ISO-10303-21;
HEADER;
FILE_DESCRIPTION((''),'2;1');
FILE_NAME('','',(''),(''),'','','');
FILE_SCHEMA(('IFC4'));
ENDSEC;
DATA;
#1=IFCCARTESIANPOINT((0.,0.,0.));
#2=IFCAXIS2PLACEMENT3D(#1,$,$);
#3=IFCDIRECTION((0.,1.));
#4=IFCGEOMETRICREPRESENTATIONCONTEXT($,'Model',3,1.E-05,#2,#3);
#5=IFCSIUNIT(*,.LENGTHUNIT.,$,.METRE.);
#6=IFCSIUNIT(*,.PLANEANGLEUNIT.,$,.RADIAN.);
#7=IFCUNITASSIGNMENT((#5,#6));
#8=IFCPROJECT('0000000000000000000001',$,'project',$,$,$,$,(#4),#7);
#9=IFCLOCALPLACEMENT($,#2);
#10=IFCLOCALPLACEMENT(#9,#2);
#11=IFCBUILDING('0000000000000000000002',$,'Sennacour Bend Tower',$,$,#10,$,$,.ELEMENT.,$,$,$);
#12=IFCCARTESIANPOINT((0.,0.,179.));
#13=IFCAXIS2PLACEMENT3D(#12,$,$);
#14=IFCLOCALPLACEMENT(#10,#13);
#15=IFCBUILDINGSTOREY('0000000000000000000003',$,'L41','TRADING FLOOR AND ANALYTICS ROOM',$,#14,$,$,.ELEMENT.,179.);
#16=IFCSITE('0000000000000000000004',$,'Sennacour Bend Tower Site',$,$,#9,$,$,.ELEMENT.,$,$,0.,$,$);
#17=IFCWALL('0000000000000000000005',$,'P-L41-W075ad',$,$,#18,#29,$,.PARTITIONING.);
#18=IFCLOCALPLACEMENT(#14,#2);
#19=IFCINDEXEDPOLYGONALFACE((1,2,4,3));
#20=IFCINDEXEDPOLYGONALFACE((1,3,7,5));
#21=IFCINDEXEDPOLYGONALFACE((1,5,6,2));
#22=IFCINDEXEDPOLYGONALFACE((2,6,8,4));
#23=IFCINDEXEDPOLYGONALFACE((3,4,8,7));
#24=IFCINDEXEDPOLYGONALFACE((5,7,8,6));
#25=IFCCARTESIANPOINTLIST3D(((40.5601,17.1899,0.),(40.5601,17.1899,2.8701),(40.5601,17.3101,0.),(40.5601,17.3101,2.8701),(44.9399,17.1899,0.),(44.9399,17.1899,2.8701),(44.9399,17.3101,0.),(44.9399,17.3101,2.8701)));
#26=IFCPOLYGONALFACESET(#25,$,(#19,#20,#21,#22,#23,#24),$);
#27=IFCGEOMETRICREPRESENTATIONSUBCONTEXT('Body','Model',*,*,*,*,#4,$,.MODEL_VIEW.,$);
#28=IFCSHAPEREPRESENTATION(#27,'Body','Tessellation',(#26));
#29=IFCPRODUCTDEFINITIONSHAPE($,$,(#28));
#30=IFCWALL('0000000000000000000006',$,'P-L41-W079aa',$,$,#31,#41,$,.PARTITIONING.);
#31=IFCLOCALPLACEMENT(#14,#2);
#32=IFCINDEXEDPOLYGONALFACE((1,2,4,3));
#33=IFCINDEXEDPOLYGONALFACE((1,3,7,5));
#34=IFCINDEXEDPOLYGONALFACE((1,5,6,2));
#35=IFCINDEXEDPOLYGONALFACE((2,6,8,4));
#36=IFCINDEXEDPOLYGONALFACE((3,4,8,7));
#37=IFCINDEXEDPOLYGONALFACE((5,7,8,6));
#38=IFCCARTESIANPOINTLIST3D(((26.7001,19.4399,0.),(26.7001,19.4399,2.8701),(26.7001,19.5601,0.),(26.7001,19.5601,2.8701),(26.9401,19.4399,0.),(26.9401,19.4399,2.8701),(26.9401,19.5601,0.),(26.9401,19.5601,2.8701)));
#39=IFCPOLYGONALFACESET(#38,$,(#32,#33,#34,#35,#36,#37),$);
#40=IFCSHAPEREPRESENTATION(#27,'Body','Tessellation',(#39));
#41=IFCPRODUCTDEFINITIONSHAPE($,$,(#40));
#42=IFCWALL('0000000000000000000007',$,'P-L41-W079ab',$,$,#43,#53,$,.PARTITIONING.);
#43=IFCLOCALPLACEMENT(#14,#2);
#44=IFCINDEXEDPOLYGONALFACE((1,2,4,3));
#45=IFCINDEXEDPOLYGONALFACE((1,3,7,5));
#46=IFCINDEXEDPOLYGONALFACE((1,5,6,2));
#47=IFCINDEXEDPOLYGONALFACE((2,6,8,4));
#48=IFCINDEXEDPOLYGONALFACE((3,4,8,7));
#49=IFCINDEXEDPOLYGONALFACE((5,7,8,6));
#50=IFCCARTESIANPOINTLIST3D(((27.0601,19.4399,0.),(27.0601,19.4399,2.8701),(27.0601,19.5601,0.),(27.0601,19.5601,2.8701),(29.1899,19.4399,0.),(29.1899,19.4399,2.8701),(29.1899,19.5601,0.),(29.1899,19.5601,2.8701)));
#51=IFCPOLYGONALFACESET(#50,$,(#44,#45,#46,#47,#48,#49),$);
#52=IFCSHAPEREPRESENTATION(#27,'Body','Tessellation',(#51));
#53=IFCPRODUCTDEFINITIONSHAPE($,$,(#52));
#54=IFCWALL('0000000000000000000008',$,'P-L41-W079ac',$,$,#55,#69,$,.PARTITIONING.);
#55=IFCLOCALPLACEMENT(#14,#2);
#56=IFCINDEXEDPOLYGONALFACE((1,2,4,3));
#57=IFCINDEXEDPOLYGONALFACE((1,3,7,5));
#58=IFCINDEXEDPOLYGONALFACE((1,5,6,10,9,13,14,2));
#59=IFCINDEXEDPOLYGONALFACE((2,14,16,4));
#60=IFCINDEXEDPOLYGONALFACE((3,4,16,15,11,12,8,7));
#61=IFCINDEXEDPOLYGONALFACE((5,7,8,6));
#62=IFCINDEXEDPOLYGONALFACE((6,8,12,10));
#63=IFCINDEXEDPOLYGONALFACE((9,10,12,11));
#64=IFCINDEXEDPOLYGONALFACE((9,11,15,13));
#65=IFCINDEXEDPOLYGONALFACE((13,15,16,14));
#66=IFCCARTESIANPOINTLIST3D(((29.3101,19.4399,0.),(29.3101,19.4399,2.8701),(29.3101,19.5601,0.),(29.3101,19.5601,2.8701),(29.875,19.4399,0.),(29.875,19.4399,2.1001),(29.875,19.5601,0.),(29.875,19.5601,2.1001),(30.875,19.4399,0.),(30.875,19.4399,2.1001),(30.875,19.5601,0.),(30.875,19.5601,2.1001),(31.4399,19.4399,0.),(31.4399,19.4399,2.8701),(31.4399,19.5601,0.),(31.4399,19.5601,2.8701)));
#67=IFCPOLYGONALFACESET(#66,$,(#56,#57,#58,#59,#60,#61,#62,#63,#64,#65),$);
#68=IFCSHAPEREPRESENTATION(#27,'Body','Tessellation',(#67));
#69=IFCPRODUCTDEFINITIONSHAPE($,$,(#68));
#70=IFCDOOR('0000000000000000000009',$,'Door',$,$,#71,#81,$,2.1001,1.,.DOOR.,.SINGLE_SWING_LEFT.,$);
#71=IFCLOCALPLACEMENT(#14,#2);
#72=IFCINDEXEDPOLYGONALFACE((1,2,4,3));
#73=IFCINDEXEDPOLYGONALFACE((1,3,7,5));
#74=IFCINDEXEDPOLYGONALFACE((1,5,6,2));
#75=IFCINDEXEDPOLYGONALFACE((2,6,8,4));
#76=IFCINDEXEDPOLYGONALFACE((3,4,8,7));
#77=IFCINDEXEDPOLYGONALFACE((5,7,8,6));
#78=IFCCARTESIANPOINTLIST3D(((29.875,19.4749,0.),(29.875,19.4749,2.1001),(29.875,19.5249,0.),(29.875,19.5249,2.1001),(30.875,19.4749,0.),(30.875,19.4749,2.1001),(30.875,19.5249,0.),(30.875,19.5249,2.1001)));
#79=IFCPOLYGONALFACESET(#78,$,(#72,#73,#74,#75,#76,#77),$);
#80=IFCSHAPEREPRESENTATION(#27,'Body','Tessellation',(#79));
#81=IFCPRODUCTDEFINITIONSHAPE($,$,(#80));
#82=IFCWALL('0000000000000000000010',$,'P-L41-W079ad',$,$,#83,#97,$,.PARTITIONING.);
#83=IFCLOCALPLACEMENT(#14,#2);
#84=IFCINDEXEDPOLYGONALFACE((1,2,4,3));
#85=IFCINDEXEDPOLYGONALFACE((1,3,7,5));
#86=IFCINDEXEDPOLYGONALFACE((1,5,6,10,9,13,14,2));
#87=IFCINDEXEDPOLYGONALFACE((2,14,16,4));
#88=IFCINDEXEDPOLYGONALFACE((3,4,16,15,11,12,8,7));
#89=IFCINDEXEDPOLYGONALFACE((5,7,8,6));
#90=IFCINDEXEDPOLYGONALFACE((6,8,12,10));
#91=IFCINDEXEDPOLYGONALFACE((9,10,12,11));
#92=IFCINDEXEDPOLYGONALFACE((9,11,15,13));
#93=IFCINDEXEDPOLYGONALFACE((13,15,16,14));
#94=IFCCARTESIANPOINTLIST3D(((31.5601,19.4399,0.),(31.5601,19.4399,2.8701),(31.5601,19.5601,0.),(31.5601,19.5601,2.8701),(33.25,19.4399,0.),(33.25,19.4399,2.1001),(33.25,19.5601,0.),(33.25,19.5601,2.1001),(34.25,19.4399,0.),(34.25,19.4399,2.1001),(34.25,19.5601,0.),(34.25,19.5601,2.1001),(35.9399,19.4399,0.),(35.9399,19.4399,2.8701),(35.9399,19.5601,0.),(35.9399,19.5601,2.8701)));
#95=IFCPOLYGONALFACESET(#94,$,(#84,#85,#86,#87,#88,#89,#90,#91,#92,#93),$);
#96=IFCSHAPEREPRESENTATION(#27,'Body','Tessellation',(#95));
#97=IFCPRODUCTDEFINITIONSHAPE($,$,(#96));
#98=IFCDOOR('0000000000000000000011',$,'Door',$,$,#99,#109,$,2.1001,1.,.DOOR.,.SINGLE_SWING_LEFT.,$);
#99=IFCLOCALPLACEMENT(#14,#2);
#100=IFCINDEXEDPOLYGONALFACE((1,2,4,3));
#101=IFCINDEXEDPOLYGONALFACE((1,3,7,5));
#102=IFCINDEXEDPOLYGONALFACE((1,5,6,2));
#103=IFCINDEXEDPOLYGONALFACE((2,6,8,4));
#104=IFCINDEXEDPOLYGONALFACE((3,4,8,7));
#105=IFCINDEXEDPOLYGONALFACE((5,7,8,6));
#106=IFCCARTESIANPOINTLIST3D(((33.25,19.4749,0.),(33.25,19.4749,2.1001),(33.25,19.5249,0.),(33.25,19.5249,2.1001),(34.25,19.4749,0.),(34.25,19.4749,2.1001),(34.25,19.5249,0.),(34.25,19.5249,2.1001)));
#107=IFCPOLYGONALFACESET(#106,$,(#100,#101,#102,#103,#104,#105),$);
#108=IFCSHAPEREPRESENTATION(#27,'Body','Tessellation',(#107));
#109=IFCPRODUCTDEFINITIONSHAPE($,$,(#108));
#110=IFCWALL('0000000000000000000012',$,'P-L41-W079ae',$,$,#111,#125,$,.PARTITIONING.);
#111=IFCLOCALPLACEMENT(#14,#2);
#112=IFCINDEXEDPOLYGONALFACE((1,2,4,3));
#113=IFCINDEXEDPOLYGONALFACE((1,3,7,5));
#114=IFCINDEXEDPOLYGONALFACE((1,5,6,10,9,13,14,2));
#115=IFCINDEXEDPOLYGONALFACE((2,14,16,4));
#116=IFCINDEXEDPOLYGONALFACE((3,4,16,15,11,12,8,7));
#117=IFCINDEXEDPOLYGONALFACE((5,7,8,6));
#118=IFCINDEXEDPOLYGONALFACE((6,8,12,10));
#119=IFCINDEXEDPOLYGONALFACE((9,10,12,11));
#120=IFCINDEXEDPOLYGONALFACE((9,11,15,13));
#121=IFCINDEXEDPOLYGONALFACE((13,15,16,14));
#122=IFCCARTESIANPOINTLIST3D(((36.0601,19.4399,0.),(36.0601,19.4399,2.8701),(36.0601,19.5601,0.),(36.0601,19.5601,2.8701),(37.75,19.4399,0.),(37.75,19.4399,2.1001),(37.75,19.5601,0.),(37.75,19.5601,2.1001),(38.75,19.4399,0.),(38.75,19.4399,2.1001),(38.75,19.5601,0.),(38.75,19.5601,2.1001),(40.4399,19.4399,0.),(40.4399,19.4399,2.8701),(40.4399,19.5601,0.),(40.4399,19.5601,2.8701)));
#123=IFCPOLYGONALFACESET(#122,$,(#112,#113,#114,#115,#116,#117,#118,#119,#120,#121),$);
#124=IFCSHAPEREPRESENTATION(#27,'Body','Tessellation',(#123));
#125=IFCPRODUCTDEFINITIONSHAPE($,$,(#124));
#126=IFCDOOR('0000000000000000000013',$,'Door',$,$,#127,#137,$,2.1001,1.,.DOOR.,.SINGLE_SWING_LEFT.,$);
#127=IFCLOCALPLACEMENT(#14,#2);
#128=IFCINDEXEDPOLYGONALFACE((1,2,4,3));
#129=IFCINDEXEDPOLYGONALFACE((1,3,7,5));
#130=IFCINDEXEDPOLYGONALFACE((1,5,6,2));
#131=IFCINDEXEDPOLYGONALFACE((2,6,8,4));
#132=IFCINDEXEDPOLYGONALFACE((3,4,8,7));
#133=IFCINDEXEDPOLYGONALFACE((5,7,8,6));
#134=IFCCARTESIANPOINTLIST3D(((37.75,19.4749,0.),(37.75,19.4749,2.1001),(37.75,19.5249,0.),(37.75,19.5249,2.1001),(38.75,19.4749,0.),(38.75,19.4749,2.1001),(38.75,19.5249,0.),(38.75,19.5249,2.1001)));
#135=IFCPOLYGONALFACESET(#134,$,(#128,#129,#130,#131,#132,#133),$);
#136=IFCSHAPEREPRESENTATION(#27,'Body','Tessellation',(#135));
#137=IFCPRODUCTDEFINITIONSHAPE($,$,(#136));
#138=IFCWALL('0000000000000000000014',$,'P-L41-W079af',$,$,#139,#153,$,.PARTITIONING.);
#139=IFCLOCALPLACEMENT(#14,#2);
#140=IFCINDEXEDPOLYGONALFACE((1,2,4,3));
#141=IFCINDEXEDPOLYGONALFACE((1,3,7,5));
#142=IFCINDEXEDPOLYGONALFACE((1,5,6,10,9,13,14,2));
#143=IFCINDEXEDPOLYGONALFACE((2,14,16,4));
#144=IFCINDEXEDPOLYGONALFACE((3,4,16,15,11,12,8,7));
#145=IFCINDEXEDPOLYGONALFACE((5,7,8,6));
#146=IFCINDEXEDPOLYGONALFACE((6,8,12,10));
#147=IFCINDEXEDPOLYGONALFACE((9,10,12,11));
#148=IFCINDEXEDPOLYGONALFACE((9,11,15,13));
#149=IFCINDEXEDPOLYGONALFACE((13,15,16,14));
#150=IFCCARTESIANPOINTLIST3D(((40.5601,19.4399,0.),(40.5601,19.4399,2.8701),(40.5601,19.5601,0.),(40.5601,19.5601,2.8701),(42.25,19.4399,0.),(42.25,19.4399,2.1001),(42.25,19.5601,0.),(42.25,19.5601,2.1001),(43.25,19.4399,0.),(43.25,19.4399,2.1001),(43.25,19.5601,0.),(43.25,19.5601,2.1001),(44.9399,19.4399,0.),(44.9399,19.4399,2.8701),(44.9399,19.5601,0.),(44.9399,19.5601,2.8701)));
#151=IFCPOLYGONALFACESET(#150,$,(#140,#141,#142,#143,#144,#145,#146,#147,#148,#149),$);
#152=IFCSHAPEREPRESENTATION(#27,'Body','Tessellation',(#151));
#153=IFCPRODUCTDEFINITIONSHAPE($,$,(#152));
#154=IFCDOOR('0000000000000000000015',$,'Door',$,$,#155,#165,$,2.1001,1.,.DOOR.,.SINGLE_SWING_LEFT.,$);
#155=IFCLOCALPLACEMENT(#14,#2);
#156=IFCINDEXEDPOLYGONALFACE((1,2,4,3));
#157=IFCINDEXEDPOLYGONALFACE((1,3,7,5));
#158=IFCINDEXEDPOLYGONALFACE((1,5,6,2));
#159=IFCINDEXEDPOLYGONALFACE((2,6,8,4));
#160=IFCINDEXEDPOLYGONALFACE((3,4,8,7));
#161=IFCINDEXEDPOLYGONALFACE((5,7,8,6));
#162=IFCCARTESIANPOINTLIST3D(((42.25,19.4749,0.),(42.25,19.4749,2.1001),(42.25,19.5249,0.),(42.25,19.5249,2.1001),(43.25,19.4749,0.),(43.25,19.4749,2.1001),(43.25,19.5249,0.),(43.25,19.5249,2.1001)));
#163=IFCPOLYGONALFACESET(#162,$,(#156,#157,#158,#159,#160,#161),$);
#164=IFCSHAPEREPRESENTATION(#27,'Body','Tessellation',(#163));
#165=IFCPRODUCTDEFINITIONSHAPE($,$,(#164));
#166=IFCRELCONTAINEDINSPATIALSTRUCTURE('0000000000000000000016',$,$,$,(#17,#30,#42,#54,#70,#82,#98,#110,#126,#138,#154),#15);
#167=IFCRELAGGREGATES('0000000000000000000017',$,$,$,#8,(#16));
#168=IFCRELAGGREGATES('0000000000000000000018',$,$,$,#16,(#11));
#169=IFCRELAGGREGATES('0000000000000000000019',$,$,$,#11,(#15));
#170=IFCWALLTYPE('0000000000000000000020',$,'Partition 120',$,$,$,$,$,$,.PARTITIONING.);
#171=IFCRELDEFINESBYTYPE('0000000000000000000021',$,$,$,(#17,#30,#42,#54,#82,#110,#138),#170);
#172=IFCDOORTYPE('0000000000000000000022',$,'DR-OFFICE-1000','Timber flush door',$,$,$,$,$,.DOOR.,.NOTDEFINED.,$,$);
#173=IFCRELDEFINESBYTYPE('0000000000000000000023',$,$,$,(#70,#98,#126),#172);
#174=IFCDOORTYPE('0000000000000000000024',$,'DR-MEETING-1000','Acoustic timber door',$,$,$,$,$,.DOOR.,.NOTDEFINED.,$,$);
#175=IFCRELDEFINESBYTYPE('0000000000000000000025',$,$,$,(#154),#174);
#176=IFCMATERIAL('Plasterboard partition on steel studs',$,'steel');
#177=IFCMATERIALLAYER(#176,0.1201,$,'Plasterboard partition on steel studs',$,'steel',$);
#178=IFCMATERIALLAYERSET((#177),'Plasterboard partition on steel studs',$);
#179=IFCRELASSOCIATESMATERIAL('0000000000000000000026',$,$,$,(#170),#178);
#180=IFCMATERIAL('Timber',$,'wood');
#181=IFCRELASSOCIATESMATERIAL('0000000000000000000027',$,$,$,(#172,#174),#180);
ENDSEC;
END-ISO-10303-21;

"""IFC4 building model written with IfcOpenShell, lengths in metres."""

from ifc_helpers import new_model, si_unit, direction, frame, frame_2d, origin, place, context, subcontext, project, spatial, rectangle, extrude, material, layer, layer_set, type_object, element, fill, save


model = new_model("IFC4")

# Units and contexts
model_context = context("Model", 3, precision=1e-05, world=origin(), true_north=direction((0.0, 1.0)))
body_context = subcontext(model_context, "Body", "Model", "MODEL_VIEW")
ifc_project = project(units=[si_unit("LENGTHUNIT", "METRE"), si_unit("PLANEANGLEUNIT", "RADIAN")], contexts=[model_context])

# Site, building, storey
site_placement = place(None, origin())
site = spatial("IfcSite", under=ifc_project, at=site_placement, Name="Sennacour Bend Tower Site", CompositionType="ELEMENT", RefElevation=0.0)
building_placement = place(site_placement, origin())
building = spatial("IfcBuilding", under=site, at=building_placement, Name="Sennacour Bend Tower", CompositionType="ELEMENT")
storey_placement = place(building_placement, frame((0.0, 0.0, 179.0)))
storey = spatial("IfcBuildingStorey", under=building, at=storey_placement, Name="L41", Description="TRADING FLOOR AND ANALYTICS ROOM", CompositionType="ELEMENT", Elevation=179.0)

# Shared definitions
ifc_material_1 = material(Name="Plasterboard partition on steel studs", Category="steel")
ifc_layer_1 = layer(ifc_material_1, 0.1201, Name="Plasterboard partition on steel studs", Category="steel")
ifc_layer_set_1 = layer_set([ifc_layer_1], Name="Plasterboard partition on steel studs")
wall_type_1 = type_object("IfcWallType", Name="Partition 120", PredefinedType="PARTITIONING", material=ifc_layer_set_1)

# Shared definitions
ifc_material_2 = material(Name="Timber", Category="wood")
door_type_1 = type_object("IfcDoorType", Name="DR-OFFICE-1000", Description="Timber flush door", OperationType="NOTDEFINED", PredefinedType="DOOR", material=ifc_material_2)

# Walls
wall_1_placement = place(storey_placement, frame((40.5601, 17.25, 0.0), z_axis=(0.0, 0.0, 1.0), x_axis=(1.0, 0.0, 0.0)))
element("IfcWall", 1, at=wall_1_placement, inside=storey, type_object=wall_type_1, Name="P-L41-W075ad", PredefinedType="PARTITIONING", context=body_context, shape_type="SweptSolid", body=[
    extrude(rectangle(XDim=4.3799, YDim=0.1201, at=frame_2d((2.1899, 0.0))), origin(), (0.0, 0.0, 1.0), 2.8701),
])
wall_2_placement = place(storey_placement, frame((26.7, 19.5, 0.0), z_axis=(0.0, 0.0, 1.0), x_axis=(1.0, 0.0, 0.0)))
element("IfcWall", 2, at=wall_2_placement, inside=storey, type_object=wall_type_1, Name="P-L41-W079aa", PredefinedType="PARTITIONING", context=body_context, shape_type="SweptSolid", body=[
    extrude(rectangle(XDim=0.24, YDim=0.1201, at=frame_2d((0.1201, 0.0))), origin(), (0.0, 0.0, 1.0), 2.8701),
])
wall_3_placement = place(storey_placement, frame((27.0601, 19.5, 0.0), z_axis=(0.0, 0.0, 1.0), x_axis=(1.0, 0.0, 0.0)))
element("IfcWall", 3, at=wall_3_placement, inside=storey, type_object=wall_type_1, Name="P-L41-W079ab", PredefinedType="PARTITIONING", context=body_context, shape_type="SweptSolid", body=[
    extrude(rectangle(XDim=2.1299, YDim=0.1201, at=frame_2d((1.0649, 0.0))), origin(), (0.0, 0.0, 1.0), 2.8701),
])

# Walls, openings, doors
wall_4_placement = place(storey_placement, frame((29.3101, 19.5, 0.0), z_axis=(0.0, 0.0, 1.0), x_axis=(1.0, 0.0, 0.0)))
wall_4 = element("IfcWall", 4, at=wall_4_placement, inside=storey, type_object=wall_type_1, Name="P-L41-W079ac", PredefinedType="PARTITIONING", context=body_context, shape_type="SweptSolid", body=[
    extrude(rectangle(XDim=2.1299, YDim=0.1201, at=frame_2d((1.0649, 0.0))), origin(), (0.0, 0.0, 1.0), 2.8701),
])
opening_1_placement = place(wall_4_placement, frame((0.5649, 0.0, 0.0)))
opening_1 = element("IfcOpeningElement", 5, at=opening_1_placement, cuts=wall_4, PredefinedType="OPENING", context=body_context, shape_type="SweptSolid", body=[
    extrude(rectangle(XDim=1.0, YDim=2.1001, at=frame_2d((0.5, 1.05))), frame((0.0, 0.0701, 0.0), z_axis=(0.0, -1.0, 0.0), x_axis=(1.0, 0.0, 0.0)), (0.0, 0.0, 1.0), 0.1401),
])
door_1_placement = place(opening_1_placement, origin())
door_1 = element("IfcDoor", 6, at=door_1_placement, inside=storey, type_object=door_type_1, Name="Door", OperationType="SINGLE_SWING_LEFT", OverallHeight=2.1001, OverallWidth=1.0, PredefinedType="DOOR", context=body_context, shape_type="SweptSolid", body=[
    extrude(rectangle(XDim=1.0, YDim=2.1001, at=frame_2d((0.5, 1.05))), frame((0.0, 0.0249, 0.0), z_axis=(0.0, -1.0, 0.0), x_axis=(1.0, 0.0, 0.0)), (0.0, 0.0, 1.0), 0.05),
])
fill(opening_1, door_1)
wall_5_placement = place(storey_placement, frame((31.5601, 19.5, 0.0), z_axis=(0.0, 0.0, 1.0), x_axis=(1.0, 0.0, 0.0)))
wall_5 = element("IfcWall", 7, at=wall_5_placement, inside=storey, type_object=wall_type_1, Name="P-L41-W079ad", PredefinedType="PARTITIONING", context=body_context, shape_type="SweptSolid", body=[
    extrude(rectangle(XDim=4.3799, YDim=0.1201, at=frame_2d((2.1899, 0.0))), origin(), (0.0, 0.0, 1.0), 2.8701),
])
opening_2_placement = place(wall_5_placement, frame((1.6899, 0.0, 0.0)))
opening_2 = element("IfcOpeningElement", 8, at=opening_2_placement, cuts=wall_5, PredefinedType="OPENING", context=body_context, shape_type="SweptSolid", body=[
    extrude(rectangle(XDim=1.0, YDim=2.1001, at=frame_2d((0.5, 1.05))), frame((0.0, 0.0701, 0.0), z_axis=(0.0, -1.0, 0.0), x_axis=(1.0, 0.0, 0.0)), (0.0, 0.0, 1.0), 0.1401),
])
door_2_placement = place(opening_2_placement, origin())
door_2 = element("IfcDoor", 9, at=door_2_placement, inside=storey, type_object=door_type_1, Name="Door", OperationType="SINGLE_SWING_LEFT", OverallHeight=2.1001, OverallWidth=1.0, PredefinedType="DOOR", context=body_context, shape_type="SweptSolid", body=[
    extrude(rectangle(XDim=1.0, YDim=2.1001, at=frame_2d((0.5, 1.05))), frame((0.0, 0.0249, 0.0), z_axis=(0.0, -1.0, 0.0), x_axis=(1.0, 0.0, 0.0)), (0.0, 0.0, 1.0), 0.05),
])
fill(opening_2, door_2)
wall_6_placement = place(storey_placement, frame((36.0601, 19.5, 0.0), z_axis=(0.0, 0.0, 1.0), x_axis=(1.0, 0.0, 0.0)))
wall_6 = element("IfcWall", 10, at=wall_6_placement, inside=storey, type_object=wall_type_1, Name="P-L41-W079ae", PredefinedType="PARTITIONING", context=body_context, shape_type="SweptSolid", body=[
    extrude(rectangle(XDim=4.3799, YDim=0.1201, at=frame_2d((2.1899, 0.0))), origin(), (0.0, 0.0, 1.0), 2.8701),
])
opening_3_placement = place(wall_6_placement, frame((1.6899, 0.0, 0.0)))
opening_3 = element("IfcOpeningElement", 11, at=opening_3_placement, cuts=wall_6, PredefinedType="OPENING", context=body_context, shape_type="SweptSolid", body=[
    extrude(rectangle(XDim=1.0, YDim=2.1001, at=frame_2d((0.5, 1.05))), frame((0.0, 0.0701, 0.0), z_axis=(0.0, -1.0, 0.0), x_axis=(1.0, 0.0, 0.0)), (0.0, 0.0, 1.0), 0.1401),
])
door_3_placement = place(opening_3_placement, origin())
door_3 = element("IfcDoor", 12, at=door_3_placement, inside=storey, type_object=door_type_1, Name="Door", OperationType="SINGLE_SWING_LEFT", OverallHeight=2.1001, OverallWidth=1.0, PredefinedType="DOOR", context=body_context, shape_type="SweptSolid", body=[
    extrude(rectangle(XDim=1.0, YDim=2.1001, at=frame_2d((0.5, 1.05))), frame((0.0, 0.0249, 0.0), z_axis=(0.0, -1.0, 0.0), x_axis=(1.0, 0.0, 0.0)), (0.0, 0.0, 1.0), 0.05),
])
fill(opening_3, door_3)
wall_7_placement = place(storey_placement, frame((40.5601, 19.5, 0.0), z_axis=(0.0, 0.0, 1.0), x_axis=(1.0, 0.0, 0.0)))
wall_7 = element("IfcWall", 13, at=wall_7_placement, inside=storey, type_object=wall_type_1, Name="P-L41-W079af", PredefinedType="PARTITIONING", context=body_context, shape_type="SweptSolid", body=[
    extrude(rectangle(XDim=4.3799, YDim=0.1201, at=frame_2d((2.1899, 0.0))), origin(), (0.0, 0.0, 1.0), 2.8701),
])
opening_4_placement = place(wall_7_placement, frame((1.6899, 0.0, 0.0)))
opening_4 = element("IfcOpeningElement", 14, at=opening_4_placement, cuts=wall_7, PredefinedType="OPENING", context=body_context, shape_type="SweptSolid", body=[
    extrude(rectangle(XDim=1.0, YDim=2.1001, at=frame_2d((0.5, 1.05))), frame((0.0, 0.0701, 0.0), z_axis=(0.0, -1.0, 0.0), x_axis=(1.0, 0.0, 0.0)), (0.0, 0.0, 1.0), 0.1401),
])
door_type_2 = type_object("IfcDoorType", Name="DR-MEETING-1000", Description="Acoustic timber door", OperationType="NOTDEFINED", PredefinedType="DOOR", material=ifc_material_2)
door_4_placement = place(opening_4_placement, origin())
door_4 = element("IfcDoor", 15, at=door_4_placement, inside=storey, type_object=door_type_2, Name="Door", OperationType="SINGLE_SWING_LEFT", OverallHeight=2.1001, OverallWidth=1.0, PredefinedType="DOOR", context=body_context, shape_type="SweptSolid", body=[
    extrude(rectangle(XDim=1.0, YDim=2.1001, at=frame_2d((0.5, 1.05))), frame((0.0, 0.0249, 0.0), z_axis=(0.0, -1.0, 0.0), x_axis=(1.0, 0.0, 0.0)), (0.0, 0.0, 1.0), 0.05),
])
fill(opening_4, door_4)

save(model, "model.ifc")
